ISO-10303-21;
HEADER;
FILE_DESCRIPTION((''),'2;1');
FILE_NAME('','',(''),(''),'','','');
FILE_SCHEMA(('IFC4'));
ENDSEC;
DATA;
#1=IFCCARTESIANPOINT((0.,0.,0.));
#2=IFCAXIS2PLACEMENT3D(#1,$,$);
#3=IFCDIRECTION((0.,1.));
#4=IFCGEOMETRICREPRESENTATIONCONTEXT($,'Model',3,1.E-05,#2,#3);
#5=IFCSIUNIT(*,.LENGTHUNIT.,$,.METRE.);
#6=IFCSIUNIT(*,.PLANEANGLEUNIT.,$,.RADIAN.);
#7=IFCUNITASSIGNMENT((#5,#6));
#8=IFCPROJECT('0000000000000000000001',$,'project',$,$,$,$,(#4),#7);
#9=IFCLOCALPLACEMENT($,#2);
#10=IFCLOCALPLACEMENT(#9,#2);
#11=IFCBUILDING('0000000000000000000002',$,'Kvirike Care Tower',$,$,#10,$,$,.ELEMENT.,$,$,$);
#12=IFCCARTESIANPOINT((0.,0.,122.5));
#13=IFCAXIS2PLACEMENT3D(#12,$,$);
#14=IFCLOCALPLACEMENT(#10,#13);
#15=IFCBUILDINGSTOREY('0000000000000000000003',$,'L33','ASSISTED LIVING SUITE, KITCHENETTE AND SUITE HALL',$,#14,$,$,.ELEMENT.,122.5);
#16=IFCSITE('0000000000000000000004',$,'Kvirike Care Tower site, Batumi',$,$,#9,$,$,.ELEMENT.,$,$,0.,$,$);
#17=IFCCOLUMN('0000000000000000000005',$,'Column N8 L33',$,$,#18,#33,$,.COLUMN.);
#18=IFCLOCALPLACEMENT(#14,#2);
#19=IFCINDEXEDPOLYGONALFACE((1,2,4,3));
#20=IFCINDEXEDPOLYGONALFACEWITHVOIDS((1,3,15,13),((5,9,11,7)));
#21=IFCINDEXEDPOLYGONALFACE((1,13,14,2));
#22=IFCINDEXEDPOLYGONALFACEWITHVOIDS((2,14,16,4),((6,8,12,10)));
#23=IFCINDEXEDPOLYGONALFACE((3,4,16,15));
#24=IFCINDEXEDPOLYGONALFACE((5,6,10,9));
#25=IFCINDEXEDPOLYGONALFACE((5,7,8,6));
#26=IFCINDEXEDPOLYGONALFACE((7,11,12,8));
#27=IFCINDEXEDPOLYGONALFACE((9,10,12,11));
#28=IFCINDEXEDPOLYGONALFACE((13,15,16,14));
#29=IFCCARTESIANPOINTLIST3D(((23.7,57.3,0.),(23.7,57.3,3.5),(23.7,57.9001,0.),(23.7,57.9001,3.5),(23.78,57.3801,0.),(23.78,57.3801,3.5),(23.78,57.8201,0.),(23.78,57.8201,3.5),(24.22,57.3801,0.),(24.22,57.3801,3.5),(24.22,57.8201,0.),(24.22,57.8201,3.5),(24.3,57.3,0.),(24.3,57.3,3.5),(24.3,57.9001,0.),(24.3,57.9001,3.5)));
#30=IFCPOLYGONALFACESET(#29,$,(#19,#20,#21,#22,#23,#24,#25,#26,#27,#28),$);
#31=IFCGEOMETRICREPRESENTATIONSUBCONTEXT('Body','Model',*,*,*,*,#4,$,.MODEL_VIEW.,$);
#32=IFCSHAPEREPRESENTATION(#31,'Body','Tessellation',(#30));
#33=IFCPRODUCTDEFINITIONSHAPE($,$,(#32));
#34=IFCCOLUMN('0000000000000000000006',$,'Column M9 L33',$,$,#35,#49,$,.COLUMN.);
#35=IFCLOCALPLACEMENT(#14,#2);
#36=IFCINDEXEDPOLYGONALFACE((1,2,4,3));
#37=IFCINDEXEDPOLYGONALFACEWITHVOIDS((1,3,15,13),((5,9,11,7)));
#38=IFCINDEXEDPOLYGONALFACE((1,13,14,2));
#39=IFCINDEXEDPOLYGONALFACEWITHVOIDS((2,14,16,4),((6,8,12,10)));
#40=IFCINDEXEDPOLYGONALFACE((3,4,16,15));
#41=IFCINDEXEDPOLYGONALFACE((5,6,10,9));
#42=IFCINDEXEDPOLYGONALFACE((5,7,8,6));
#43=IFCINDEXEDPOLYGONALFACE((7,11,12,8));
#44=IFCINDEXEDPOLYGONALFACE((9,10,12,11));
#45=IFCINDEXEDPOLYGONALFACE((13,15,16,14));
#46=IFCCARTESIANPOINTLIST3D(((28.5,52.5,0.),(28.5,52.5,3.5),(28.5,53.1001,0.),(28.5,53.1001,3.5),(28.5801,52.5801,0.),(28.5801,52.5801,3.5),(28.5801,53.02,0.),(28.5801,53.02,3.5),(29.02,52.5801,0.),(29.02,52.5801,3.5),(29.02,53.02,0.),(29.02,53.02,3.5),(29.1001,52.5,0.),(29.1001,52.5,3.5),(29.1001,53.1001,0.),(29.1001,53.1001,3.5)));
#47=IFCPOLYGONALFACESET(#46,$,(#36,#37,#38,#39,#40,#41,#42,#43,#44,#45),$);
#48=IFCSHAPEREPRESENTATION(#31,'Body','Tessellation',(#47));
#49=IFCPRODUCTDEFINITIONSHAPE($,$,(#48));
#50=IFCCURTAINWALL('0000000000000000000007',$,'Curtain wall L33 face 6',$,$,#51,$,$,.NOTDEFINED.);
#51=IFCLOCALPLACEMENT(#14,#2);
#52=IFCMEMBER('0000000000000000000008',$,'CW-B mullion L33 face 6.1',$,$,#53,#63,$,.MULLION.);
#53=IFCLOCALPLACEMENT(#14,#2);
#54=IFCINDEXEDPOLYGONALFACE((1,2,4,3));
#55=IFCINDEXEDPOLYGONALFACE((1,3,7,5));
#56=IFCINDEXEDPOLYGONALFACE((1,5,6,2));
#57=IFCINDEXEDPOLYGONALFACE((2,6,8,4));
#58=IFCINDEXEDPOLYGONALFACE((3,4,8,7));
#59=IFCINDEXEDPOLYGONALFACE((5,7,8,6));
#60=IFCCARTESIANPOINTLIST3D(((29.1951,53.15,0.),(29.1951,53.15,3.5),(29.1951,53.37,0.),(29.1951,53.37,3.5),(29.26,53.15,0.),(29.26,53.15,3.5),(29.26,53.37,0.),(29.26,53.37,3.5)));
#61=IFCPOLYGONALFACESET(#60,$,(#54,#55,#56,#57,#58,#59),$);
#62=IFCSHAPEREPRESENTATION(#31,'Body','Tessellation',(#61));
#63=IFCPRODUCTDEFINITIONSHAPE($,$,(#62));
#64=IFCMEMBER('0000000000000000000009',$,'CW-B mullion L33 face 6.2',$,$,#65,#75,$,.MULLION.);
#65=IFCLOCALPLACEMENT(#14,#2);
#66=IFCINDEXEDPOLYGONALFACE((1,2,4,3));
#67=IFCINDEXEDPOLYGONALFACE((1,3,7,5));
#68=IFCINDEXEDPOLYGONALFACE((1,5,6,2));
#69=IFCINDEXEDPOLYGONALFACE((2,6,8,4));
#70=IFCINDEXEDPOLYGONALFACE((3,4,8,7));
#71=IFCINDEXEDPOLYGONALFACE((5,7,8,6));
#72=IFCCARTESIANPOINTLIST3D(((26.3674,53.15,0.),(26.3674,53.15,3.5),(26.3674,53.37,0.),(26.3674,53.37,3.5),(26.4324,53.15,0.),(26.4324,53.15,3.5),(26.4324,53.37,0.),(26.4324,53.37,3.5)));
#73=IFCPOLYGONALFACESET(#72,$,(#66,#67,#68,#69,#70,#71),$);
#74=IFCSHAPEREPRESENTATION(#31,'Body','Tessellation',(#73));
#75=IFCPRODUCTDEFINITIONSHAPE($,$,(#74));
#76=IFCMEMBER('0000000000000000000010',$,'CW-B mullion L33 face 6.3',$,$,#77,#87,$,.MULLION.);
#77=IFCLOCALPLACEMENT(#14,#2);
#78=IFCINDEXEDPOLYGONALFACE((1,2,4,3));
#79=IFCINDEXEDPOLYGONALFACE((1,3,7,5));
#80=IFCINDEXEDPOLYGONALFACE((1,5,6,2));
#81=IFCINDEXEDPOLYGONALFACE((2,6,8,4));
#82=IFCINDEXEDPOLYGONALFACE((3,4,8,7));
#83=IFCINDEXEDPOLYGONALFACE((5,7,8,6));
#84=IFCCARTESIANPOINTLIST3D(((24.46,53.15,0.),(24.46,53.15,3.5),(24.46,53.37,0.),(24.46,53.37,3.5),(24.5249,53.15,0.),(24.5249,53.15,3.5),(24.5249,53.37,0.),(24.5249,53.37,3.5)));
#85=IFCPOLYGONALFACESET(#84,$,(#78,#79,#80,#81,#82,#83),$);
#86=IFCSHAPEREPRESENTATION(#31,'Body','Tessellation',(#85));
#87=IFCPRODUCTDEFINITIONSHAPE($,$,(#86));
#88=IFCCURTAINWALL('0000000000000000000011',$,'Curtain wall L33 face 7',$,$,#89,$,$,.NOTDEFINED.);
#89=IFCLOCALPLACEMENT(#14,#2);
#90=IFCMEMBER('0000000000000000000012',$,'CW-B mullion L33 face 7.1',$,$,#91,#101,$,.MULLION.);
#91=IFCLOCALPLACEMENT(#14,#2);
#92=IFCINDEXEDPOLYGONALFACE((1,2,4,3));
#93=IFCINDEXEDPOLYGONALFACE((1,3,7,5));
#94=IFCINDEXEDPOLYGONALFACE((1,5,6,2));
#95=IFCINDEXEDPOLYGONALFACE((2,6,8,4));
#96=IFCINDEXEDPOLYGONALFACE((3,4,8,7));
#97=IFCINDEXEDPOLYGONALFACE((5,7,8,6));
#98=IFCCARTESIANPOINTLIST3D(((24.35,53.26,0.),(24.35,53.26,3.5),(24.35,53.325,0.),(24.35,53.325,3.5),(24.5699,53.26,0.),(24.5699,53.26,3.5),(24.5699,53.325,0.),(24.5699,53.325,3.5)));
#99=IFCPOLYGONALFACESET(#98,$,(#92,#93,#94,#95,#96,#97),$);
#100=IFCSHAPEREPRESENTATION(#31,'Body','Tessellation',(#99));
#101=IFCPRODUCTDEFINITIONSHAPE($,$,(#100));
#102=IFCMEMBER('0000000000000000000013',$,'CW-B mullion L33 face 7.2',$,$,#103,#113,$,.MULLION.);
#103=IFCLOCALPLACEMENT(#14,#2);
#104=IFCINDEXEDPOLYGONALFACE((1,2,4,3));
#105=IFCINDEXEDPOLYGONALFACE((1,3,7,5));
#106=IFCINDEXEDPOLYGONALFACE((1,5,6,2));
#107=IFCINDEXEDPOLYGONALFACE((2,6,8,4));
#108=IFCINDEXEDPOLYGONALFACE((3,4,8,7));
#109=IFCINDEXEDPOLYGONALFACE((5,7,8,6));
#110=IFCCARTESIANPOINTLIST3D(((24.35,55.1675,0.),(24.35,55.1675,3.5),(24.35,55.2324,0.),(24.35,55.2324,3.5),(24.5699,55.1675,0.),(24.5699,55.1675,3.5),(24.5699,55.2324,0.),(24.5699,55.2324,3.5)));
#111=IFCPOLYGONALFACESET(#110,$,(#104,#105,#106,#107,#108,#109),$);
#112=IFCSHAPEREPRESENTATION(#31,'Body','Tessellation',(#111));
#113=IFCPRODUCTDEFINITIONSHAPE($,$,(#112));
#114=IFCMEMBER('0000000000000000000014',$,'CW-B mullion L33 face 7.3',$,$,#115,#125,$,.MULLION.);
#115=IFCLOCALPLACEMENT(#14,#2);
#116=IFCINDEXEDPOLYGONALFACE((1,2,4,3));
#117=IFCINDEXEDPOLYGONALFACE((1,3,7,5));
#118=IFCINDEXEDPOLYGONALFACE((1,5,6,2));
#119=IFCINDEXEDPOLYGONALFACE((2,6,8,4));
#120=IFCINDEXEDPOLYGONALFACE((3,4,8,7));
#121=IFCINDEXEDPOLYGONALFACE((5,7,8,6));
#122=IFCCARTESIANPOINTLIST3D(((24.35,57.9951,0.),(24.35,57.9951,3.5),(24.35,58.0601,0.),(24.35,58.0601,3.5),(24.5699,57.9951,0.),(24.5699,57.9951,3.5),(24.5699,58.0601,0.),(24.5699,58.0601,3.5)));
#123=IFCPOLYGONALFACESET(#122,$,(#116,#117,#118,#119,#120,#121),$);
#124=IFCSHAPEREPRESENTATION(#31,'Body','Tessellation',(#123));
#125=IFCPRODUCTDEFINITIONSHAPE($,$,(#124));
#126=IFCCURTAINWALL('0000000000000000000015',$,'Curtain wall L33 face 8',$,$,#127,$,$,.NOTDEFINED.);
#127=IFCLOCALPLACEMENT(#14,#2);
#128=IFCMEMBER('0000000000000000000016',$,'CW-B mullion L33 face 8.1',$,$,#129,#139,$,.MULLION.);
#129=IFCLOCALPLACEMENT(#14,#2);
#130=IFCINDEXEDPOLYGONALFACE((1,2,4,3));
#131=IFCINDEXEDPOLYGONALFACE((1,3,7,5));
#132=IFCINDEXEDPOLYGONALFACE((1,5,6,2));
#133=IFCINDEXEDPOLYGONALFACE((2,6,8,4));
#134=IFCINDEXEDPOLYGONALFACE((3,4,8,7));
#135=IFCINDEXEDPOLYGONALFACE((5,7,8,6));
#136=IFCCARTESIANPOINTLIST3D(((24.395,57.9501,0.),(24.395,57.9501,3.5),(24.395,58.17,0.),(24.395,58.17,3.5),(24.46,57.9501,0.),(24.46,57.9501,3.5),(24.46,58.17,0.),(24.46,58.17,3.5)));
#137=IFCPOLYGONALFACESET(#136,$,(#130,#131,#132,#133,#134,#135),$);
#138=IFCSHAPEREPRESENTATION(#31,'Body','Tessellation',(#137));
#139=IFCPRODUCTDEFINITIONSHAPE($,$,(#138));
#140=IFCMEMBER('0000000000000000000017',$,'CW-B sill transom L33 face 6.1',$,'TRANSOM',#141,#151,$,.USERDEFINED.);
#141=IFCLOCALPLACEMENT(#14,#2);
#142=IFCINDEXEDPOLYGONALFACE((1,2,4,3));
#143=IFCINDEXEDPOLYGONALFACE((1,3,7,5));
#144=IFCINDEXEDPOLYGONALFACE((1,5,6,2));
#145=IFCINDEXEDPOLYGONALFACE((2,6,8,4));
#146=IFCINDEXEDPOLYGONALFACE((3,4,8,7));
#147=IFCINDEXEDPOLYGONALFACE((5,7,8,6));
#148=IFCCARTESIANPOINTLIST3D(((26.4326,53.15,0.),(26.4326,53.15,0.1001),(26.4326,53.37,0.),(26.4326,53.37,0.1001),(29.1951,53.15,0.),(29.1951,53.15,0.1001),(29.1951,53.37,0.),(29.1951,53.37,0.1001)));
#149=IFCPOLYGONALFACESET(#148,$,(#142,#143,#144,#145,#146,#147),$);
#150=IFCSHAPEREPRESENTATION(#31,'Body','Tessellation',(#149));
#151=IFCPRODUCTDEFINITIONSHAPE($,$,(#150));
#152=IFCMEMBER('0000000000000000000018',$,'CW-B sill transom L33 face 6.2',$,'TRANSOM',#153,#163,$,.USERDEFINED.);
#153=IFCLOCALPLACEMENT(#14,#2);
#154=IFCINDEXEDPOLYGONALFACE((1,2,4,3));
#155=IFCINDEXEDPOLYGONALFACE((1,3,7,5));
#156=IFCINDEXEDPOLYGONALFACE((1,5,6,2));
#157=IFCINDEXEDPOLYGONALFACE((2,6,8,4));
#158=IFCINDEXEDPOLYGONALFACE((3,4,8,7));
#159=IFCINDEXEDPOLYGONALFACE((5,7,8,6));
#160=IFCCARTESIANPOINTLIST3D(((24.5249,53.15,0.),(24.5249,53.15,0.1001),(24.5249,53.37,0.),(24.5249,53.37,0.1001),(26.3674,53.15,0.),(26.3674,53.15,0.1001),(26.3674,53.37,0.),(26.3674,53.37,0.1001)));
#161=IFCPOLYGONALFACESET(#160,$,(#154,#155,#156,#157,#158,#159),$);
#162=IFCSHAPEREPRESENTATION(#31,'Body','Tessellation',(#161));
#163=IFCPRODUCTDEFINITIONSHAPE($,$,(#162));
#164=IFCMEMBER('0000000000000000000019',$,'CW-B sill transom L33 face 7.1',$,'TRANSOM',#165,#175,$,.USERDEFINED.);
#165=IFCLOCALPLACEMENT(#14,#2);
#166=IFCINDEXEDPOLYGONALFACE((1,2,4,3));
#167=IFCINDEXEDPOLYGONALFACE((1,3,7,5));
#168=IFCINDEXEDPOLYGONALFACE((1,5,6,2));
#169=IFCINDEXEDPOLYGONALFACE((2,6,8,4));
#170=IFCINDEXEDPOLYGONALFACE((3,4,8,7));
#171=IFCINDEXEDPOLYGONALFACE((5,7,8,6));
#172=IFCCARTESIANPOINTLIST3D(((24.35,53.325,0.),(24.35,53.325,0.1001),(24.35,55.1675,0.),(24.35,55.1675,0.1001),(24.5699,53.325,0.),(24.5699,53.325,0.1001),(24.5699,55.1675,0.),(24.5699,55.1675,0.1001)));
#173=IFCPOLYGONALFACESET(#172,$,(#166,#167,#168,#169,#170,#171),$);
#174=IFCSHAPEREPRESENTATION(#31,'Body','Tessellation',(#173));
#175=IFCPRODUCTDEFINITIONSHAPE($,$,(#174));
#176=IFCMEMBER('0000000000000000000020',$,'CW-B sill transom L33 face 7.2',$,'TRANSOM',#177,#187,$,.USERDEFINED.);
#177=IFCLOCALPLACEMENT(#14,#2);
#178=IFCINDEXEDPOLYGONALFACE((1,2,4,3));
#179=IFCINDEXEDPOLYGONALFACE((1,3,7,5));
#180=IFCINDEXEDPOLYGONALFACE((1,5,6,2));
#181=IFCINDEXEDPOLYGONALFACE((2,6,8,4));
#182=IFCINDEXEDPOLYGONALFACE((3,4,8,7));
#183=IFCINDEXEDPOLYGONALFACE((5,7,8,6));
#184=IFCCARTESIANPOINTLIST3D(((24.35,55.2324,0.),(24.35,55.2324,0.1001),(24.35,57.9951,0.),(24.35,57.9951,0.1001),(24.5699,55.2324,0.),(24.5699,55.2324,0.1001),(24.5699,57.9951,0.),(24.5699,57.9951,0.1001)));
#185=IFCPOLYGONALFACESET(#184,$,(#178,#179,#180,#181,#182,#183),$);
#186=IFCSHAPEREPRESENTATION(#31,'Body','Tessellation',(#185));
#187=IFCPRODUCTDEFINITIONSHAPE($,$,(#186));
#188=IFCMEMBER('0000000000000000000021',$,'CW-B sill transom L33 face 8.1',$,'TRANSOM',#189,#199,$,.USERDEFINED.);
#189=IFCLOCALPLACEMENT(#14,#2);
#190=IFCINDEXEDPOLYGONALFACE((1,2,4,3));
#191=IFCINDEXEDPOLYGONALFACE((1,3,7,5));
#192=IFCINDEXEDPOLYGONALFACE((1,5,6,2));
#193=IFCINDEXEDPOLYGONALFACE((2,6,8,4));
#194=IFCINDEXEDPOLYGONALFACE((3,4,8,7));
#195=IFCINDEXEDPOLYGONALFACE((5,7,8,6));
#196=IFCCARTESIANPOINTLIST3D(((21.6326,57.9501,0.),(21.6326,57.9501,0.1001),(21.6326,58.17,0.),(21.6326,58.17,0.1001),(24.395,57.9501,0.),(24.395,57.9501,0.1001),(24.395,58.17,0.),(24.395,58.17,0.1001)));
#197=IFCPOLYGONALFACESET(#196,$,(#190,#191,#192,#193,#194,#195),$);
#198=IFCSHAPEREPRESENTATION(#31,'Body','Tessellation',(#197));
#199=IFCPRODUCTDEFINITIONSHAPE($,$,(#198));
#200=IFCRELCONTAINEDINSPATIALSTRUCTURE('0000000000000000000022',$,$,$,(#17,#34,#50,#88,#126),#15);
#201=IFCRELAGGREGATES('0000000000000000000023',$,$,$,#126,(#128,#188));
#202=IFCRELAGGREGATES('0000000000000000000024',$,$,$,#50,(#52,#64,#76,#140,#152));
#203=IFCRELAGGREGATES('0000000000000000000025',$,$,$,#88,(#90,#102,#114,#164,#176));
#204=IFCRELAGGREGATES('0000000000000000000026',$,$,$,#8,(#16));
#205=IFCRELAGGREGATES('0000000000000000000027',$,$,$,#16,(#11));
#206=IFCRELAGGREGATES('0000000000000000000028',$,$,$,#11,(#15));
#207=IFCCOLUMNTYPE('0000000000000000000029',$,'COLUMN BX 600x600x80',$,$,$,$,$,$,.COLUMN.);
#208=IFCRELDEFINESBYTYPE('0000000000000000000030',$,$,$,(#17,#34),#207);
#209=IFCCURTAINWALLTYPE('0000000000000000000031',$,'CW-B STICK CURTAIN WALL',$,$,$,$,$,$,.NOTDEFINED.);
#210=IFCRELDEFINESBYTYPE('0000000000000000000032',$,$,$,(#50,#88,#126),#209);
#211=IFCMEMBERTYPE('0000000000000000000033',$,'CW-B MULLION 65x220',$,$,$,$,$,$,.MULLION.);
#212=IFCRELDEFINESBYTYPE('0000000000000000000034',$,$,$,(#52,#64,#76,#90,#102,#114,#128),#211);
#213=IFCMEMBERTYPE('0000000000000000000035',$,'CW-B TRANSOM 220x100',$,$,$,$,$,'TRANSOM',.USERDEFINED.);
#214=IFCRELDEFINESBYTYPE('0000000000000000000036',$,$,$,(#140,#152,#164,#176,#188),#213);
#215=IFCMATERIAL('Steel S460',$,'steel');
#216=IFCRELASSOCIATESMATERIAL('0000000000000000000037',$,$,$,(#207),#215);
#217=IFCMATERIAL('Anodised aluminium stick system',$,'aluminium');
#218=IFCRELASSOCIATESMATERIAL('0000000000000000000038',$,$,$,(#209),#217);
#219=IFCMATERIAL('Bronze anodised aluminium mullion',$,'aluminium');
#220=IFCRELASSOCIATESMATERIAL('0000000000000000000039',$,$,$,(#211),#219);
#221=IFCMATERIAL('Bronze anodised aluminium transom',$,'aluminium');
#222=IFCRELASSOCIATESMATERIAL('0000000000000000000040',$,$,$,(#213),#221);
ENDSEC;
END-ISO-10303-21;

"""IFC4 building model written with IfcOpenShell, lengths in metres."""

from ifc_helpers import new_model, si_unit, direction, frame, origin, origin_2d, place, context, subcontext, project, spatial, rectangle, hollow_rectangle, extrude, material, material_profile, profile_set, type_object, element, aggregate, save


model = new_model("IFC4")

# Units and contexts
model_context = context("Model", 3, precision=1e-05, world=origin(), true_north=direction((0.0, 1.0)))
body_context = subcontext(model_context, "Body", "Model", "MODEL_VIEW")
ifc_project = project(units=[si_unit("LENGTHUNIT", "METRE"), si_unit("PLANEANGLEUNIT", "RADIAN")], contexts=[model_context])

# Site, building, storey
site_placement = place(None, origin())
site = spatial("IfcSite", under=ifc_project, at=site_placement, Name="Kvirike Care Tower site, Batumi", CompositionType="ELEMENT", RefElevation=0.0)
building_placement = place(site_placement, origin())
building = spatial("IfcBuilding", under=site, at=building_placement, Name="Kvirike Care Tower", CompositionType="ELEMENT")
storey_placement = place(building_placement, frame((0.0, 0.0, 122.5)))
storey = spatial("IfcBuildingStorey", under=building, at=storey_placement, Name="L33", Description="ASSISTED LIVING SUITE, KITCHENETTE AND SUITE HALL", CompositionType="ELEMENT", Elevation=122.5)

# Columns
ifc_material_1 = material(Name="Steel S460", Category="steel")
ifc_material_profile_1 = material_profile(ifc_material_1, hollow_rectangle(XDim=0.6001, YDim=0.6001, WallThickness=0.0801, at=origin_2d()), Name="BX 600x600x80")
ifc_profile_set_1 = profile_set([ifc_material_profile_1], Name="Steel S460")
column_type = type_object("IfcColumnType", Name="COLUMN BX 600x600x80", PredefinedType="COLUMN", material=ifc_profile_set_1)
for number, where, z_axis, x_axis, name in (
    (1, (24.0, 57.6001, 0.0), (0.0, 0.0, 1.0), (0.0, 1.0, 0.0), "Column N8 L33"),
    (2, (28.8, 52.8, 0.0), (0.0, 0.0, 1.0), (0.0, 1.0, 0.0), "Column M9 L33"),
):
    element("IfcColumn", number, at=place(storey_placement, frame(where, z_axis=z_axis, x_axis=x_axis)), inside=storey, type_object=column_type, Name=name, PredefinedType="COLUMN", context=body_context, shape_type="SweptSolid", body=[
        extrude(hollow_rectangle(XDim=0.6001, YDim=0.6001, WallThickness=0.0801, at=origin_2d()), origin(), (0.0, 0.0, 1.0), 3.5),
    ])

# Curtain walls, members
ifc_material_2 = material(Name="Anodised aluminium stick system", Category="aluminium")
curtain_wall_type = type_object("IfcCurtainWallType", Name="CW-B STICK CURTAIN WALL", PredefinedType="NOTDEFINED", material=ifc_material_2)
curtain_wall_1_placement = place(storey_placement, origin())
curtain_wall_1 = element("IfcCurtainWall", 3, at=curtain_wall_1_placement, inside=storey, type_object=curtain_wall_type, Name="Curtain wall L33 face 6", PredefinedType="NOTDEFINED")
ifc_material_3 = material(Name="Bronze anodised aluminium mullion", Category="aluminium")
ifc_material_profile_2 = material_profile(ifc_material_3, rectangle(XDim=0.0649, YDim=0.22, at=origin_2d()), Name="CW-B MULLION 65x220")
ifc_profile_set_2 = profile_set([ifc_material_profile_2], Name="Bronze anodised aluminium mullion")
member_type_1 = type_object("IfcMemberType", Name="CW-B MULLION 65x220", PredefinedType="MULLION", material=ifc_profile_set_2)
member_1_placement = place(storey_placement, frame((29.2275, 53.26, 0.0), z_axis=(0.0, 0.0, 1.0), x_axis=(-1.0, 0.0, 0.0)))
member_1 = element("IfcMember", 4, at=member_1_placement, type_object=member_type_1, Name="CW-B mullion L33 face 6.1", PredefinedType="MULLION", context=body_context, shape_type="SweptSolid", body=[
    extrude(rectangle(XDim=0.0649, YDim=0.22, at=origin_2d()), origin(), (0.0, 0.0, 1.0), 3.5),
])
member_2_placement = place(storey_placement, frame((26.3999, 53.26, 0.0), z_axis=(0.0, 0.0, 1.0), x_axis=(-1.0, 0.0, 0.0)))
member_2 = element("IfcMember", 5, at=member_2_placement, type_object=member_type_1, Name="CW-B mullion L33 face 6.2", PredefinedType="MULLION", context=body_context, shape_type="SweptSolid", body=[
    extrude(rectangle(XDim=0.0649, YDim=0.22, at=origin_2d()), origin(), (0.0, 0.0, 1.0), 3.5),
])
member_3_placement = place(storey_placement, frame((24.4924, 53.26, 0.0), z_axis=(0.0, 0.0, 1.0), x_axis=(-1.0, 0.0, 0.0)))
member_3 = element("IfcMember", 6, at=member_3_placement, type_object=member_type_1, Name="CW-B mullion L33 face 6.3", PredefinedType="MULLION", context=body_context, shape_type="SweptSolid", body=[
    extrude(rectangle(XDim=0.0649, YDim=0.22, at=origin_2d()), origin(), (0.0, 0.0, 1.0), 3.5),
])
curtain_wall_2_placement = place(storey_placement, origin())
curtain_wall_2 = element("IfcCurtainWall", 7, at=curtain_wall_2_placement, inside=storey, type_object=curtain_wall_type, Name="Curtain wall L33 face 7", PredefinedType="NOTDEFINED")
member_4_placement = place(storey_placement, frame((24.46, 53.2925, 0.0), z_axis=(0.0, 0.0, 1.0), x_axis=(0.0, 1.0, 0.0)))
member_4 = element("IfcMember", 8, at=member_4_placement, type_object=member_type_1, Name="CW-B mullion L33 face 7.1", PredefinedType="MULLION", context=body_context, shape_type="SweptSolid", body=[
    extrude(rectangle(XDim=0.0649, YDim=0.22, at=origin_2d()), origin(), (0.0, 0.0, 1.0), 3.5),
])
member_5_placement = place(storey_placement, frame((24.46, 55.2, 0.0), z_axis=(0.0, 0.0, 1.0), x_axis=(0.0, 1.0, 0.0)))
member_5 = element("IfcMember", 9, at=member_5_placement, type_object=member_type_1, Name="CW-B mullion L33 face 7.2", PredefinedType="MULLION", context=body_context, shape_type="SweptSolid", body=[
    extrude(rectangle(XDim=0.0649, YDim=0.22, at=origin_2d()), origin(), (0.0, 0.0, 1.0), 3.5),
])
member_6_placement = place(storey_placement, frame((24.46, 58.0276, 0.0), z_axis=(0.0, 0.0, 1.0), x_axis=(0.0, 1.0, 0.0)))
member_6 = element("IfcMember", 10, at=member_6_placement, type_object=member_type_1, Name="CW-B mullion L33 face 7.3", PredefinedType="MULLION", context=body_context, shape_type="SweptSolid", body=[
    extrude(rectangle(XDim=0.0649, YDim=0.22, at=origin_2d()), origin(), (0.0, 0.0, 1.0), 3.5),
])

# Curtain wall, member
curtain_wall_3_placement = place(storey_placement, origin())
curtain_wall_3 = element("IfcCurtainWall", 11, at=curtain_wall_3_placement, inside=storey, type_object=curtain_wall_type, Name="Curtain wall L33 face 8", PredefinedType="NOTDEFINED")
member_7_placement = place(storey_placement, frame((24.4275, 58.0601, 0.0), z_axis=(0.0, 0.0, 1.0), x_axis=(-1.0, 0.0, 0.0)))
member_7 = element("IfcMember", 12, at=member_7_placement, type_object=member_type_1, Name="CW-B mullion L33 face 8.1", PredefinedType="MULLION", context=body_context, shape_type="SweptSolid", body=[
    extrude(rectangle(XDim=0.0649, YDim=0.22, at=origin_2d()), origin(), (0.0, 0.0, 1.0), 3.5),
])

# Members
ifc_material_4 = material(Name="Bronze anodised aluminium transom", Category="aluminium")
ifc_material_profile_3 = material_profile(ifc_material_4, rectangle(XDim=0.22, YDim=0.1001, at=origin_2d()), Name="CW-B TRANSOM 220x100")
ifc_profile_set_3 = profile_set([ifc_material_profile_3], Name="Bronze anodised aluminium transom")
member_type_2 = type_object("IfcMemberType", Name="CW-B TRANSOM 220x100", ElementType="TRANSOM", PredefinedType="USERDEFINED", material=ifc_profile_set_3)
member_8_placement = place(storey_placement, frame((29.1951, 53.26, 0.05), z_axis=(-1.0, 0.0, 0.0), x_axis=(0.0, -1.0, 0.0)))
member_8 = element("IfcMember", 13, at=member_8_placement, type_object=member_type_2, Name="CW-B sill transom L33 face 6.1", ObjectType="TRANSOM", PredefinedType="USERDEFINED", context=body_context, shape_type="SweptSolid", body=[
    extrude(rectangle(XDim=0.22, YDim=0.1001, at=origin_2d()), origin(), (0.0, 0.0, 1.0), 2.7625),
])
member_9_placement = place(storey_placement, frame((26.3674, 53.26, 0.05), z_axis=(-1.0, 0.0, 0.0), x_axis=(0.0, -1.0, 0.0)))
member_9 = element("IfcMember", 14, at=member_9_placement, type_object=member_type_2, Name="CW-B sill transom L33 face 6.2", ObjectType="TRANSOM", PredefinedType="USERDEFINED", context=body_context, shape_type="SweptSolid", body=[
    extrude(rectangle(XDim=0.22, YDim=0.1001, at=origin_2d()), origin(), (0.0, 0.0, 1.0), 1.8425),
])
member_10_placement = place(storey_placement, frame((24.46, 53.325, 0.05), z_axis=(0.0, 1.0, 0.0), x_axis=(-1.0, 0.0, 0.0)))
member_10 = element("IfcMember", 15, at=member_10_placement, type_object=member_type_2, Name="CW-B sill transom L33 face 7.1", ObjectType="TRANSOM", PredefinedType="USERDEFINED", context=body_context, shape_type="SweptSolid", body=[
    extrude(rectangle(XDim=0.22, YDim=0.1001, at=origin_2d()), origin(), (0.0, 0.0, 1.0), 1.8425),
])
member_11_placement = place(storey_placement, frame((24.46, 55.2324, 0.05), z_axis=(0.0, 1.0, 0.0), x_axis=(-1.0, 0.0, 0.0)))
member_11 = element("IfcMember", 16, at=member_11_placement, type_object=member_type_2, Name="CW-B sill transom L33 face 7.2", ObjectType="TRANSOM", PredefinedType="USERDEFINED", context=body_context, shape_type="SweptSolid", body=[
    extrude(rectangle(XDim=0.22, YDim=0.1001, at=origin_2d()), origin(), (0.0, 0.0, 1.0), 2.7627),
])
member_12_placement = place(storey_placement, frame((24.395, 58.0601, 0.05), z_axis=(-1.0, 0.0, 0.0), x_axis=(0.0, -1.0, 0.0)))
member_12 = element("IfcMember", 17, at=member_12_placement, type_object=member_type_2, Name="CW-B sill transom L33 face 8.1", ObjectType="TRANSOM", PredefinedType="USERDEFINED", context=body_context, shape_type="SweptSolid", body=[
    extrude(rectangle(XDim=0.22, YDim=0.1001, at=origin_2d()), origin(), (0.0, 0.0, 1.0), 2.7625),
])
aggregate(curtain_wall_3, [member_7, member_12])

aggregate(curtain_wall_1, [member_1, member_2, member_3, member_8, member_9])
aggregate(curtain_wall_2, [member_4, member_5, member_6, member_10, member_11])

save(model, "model.ifc")
